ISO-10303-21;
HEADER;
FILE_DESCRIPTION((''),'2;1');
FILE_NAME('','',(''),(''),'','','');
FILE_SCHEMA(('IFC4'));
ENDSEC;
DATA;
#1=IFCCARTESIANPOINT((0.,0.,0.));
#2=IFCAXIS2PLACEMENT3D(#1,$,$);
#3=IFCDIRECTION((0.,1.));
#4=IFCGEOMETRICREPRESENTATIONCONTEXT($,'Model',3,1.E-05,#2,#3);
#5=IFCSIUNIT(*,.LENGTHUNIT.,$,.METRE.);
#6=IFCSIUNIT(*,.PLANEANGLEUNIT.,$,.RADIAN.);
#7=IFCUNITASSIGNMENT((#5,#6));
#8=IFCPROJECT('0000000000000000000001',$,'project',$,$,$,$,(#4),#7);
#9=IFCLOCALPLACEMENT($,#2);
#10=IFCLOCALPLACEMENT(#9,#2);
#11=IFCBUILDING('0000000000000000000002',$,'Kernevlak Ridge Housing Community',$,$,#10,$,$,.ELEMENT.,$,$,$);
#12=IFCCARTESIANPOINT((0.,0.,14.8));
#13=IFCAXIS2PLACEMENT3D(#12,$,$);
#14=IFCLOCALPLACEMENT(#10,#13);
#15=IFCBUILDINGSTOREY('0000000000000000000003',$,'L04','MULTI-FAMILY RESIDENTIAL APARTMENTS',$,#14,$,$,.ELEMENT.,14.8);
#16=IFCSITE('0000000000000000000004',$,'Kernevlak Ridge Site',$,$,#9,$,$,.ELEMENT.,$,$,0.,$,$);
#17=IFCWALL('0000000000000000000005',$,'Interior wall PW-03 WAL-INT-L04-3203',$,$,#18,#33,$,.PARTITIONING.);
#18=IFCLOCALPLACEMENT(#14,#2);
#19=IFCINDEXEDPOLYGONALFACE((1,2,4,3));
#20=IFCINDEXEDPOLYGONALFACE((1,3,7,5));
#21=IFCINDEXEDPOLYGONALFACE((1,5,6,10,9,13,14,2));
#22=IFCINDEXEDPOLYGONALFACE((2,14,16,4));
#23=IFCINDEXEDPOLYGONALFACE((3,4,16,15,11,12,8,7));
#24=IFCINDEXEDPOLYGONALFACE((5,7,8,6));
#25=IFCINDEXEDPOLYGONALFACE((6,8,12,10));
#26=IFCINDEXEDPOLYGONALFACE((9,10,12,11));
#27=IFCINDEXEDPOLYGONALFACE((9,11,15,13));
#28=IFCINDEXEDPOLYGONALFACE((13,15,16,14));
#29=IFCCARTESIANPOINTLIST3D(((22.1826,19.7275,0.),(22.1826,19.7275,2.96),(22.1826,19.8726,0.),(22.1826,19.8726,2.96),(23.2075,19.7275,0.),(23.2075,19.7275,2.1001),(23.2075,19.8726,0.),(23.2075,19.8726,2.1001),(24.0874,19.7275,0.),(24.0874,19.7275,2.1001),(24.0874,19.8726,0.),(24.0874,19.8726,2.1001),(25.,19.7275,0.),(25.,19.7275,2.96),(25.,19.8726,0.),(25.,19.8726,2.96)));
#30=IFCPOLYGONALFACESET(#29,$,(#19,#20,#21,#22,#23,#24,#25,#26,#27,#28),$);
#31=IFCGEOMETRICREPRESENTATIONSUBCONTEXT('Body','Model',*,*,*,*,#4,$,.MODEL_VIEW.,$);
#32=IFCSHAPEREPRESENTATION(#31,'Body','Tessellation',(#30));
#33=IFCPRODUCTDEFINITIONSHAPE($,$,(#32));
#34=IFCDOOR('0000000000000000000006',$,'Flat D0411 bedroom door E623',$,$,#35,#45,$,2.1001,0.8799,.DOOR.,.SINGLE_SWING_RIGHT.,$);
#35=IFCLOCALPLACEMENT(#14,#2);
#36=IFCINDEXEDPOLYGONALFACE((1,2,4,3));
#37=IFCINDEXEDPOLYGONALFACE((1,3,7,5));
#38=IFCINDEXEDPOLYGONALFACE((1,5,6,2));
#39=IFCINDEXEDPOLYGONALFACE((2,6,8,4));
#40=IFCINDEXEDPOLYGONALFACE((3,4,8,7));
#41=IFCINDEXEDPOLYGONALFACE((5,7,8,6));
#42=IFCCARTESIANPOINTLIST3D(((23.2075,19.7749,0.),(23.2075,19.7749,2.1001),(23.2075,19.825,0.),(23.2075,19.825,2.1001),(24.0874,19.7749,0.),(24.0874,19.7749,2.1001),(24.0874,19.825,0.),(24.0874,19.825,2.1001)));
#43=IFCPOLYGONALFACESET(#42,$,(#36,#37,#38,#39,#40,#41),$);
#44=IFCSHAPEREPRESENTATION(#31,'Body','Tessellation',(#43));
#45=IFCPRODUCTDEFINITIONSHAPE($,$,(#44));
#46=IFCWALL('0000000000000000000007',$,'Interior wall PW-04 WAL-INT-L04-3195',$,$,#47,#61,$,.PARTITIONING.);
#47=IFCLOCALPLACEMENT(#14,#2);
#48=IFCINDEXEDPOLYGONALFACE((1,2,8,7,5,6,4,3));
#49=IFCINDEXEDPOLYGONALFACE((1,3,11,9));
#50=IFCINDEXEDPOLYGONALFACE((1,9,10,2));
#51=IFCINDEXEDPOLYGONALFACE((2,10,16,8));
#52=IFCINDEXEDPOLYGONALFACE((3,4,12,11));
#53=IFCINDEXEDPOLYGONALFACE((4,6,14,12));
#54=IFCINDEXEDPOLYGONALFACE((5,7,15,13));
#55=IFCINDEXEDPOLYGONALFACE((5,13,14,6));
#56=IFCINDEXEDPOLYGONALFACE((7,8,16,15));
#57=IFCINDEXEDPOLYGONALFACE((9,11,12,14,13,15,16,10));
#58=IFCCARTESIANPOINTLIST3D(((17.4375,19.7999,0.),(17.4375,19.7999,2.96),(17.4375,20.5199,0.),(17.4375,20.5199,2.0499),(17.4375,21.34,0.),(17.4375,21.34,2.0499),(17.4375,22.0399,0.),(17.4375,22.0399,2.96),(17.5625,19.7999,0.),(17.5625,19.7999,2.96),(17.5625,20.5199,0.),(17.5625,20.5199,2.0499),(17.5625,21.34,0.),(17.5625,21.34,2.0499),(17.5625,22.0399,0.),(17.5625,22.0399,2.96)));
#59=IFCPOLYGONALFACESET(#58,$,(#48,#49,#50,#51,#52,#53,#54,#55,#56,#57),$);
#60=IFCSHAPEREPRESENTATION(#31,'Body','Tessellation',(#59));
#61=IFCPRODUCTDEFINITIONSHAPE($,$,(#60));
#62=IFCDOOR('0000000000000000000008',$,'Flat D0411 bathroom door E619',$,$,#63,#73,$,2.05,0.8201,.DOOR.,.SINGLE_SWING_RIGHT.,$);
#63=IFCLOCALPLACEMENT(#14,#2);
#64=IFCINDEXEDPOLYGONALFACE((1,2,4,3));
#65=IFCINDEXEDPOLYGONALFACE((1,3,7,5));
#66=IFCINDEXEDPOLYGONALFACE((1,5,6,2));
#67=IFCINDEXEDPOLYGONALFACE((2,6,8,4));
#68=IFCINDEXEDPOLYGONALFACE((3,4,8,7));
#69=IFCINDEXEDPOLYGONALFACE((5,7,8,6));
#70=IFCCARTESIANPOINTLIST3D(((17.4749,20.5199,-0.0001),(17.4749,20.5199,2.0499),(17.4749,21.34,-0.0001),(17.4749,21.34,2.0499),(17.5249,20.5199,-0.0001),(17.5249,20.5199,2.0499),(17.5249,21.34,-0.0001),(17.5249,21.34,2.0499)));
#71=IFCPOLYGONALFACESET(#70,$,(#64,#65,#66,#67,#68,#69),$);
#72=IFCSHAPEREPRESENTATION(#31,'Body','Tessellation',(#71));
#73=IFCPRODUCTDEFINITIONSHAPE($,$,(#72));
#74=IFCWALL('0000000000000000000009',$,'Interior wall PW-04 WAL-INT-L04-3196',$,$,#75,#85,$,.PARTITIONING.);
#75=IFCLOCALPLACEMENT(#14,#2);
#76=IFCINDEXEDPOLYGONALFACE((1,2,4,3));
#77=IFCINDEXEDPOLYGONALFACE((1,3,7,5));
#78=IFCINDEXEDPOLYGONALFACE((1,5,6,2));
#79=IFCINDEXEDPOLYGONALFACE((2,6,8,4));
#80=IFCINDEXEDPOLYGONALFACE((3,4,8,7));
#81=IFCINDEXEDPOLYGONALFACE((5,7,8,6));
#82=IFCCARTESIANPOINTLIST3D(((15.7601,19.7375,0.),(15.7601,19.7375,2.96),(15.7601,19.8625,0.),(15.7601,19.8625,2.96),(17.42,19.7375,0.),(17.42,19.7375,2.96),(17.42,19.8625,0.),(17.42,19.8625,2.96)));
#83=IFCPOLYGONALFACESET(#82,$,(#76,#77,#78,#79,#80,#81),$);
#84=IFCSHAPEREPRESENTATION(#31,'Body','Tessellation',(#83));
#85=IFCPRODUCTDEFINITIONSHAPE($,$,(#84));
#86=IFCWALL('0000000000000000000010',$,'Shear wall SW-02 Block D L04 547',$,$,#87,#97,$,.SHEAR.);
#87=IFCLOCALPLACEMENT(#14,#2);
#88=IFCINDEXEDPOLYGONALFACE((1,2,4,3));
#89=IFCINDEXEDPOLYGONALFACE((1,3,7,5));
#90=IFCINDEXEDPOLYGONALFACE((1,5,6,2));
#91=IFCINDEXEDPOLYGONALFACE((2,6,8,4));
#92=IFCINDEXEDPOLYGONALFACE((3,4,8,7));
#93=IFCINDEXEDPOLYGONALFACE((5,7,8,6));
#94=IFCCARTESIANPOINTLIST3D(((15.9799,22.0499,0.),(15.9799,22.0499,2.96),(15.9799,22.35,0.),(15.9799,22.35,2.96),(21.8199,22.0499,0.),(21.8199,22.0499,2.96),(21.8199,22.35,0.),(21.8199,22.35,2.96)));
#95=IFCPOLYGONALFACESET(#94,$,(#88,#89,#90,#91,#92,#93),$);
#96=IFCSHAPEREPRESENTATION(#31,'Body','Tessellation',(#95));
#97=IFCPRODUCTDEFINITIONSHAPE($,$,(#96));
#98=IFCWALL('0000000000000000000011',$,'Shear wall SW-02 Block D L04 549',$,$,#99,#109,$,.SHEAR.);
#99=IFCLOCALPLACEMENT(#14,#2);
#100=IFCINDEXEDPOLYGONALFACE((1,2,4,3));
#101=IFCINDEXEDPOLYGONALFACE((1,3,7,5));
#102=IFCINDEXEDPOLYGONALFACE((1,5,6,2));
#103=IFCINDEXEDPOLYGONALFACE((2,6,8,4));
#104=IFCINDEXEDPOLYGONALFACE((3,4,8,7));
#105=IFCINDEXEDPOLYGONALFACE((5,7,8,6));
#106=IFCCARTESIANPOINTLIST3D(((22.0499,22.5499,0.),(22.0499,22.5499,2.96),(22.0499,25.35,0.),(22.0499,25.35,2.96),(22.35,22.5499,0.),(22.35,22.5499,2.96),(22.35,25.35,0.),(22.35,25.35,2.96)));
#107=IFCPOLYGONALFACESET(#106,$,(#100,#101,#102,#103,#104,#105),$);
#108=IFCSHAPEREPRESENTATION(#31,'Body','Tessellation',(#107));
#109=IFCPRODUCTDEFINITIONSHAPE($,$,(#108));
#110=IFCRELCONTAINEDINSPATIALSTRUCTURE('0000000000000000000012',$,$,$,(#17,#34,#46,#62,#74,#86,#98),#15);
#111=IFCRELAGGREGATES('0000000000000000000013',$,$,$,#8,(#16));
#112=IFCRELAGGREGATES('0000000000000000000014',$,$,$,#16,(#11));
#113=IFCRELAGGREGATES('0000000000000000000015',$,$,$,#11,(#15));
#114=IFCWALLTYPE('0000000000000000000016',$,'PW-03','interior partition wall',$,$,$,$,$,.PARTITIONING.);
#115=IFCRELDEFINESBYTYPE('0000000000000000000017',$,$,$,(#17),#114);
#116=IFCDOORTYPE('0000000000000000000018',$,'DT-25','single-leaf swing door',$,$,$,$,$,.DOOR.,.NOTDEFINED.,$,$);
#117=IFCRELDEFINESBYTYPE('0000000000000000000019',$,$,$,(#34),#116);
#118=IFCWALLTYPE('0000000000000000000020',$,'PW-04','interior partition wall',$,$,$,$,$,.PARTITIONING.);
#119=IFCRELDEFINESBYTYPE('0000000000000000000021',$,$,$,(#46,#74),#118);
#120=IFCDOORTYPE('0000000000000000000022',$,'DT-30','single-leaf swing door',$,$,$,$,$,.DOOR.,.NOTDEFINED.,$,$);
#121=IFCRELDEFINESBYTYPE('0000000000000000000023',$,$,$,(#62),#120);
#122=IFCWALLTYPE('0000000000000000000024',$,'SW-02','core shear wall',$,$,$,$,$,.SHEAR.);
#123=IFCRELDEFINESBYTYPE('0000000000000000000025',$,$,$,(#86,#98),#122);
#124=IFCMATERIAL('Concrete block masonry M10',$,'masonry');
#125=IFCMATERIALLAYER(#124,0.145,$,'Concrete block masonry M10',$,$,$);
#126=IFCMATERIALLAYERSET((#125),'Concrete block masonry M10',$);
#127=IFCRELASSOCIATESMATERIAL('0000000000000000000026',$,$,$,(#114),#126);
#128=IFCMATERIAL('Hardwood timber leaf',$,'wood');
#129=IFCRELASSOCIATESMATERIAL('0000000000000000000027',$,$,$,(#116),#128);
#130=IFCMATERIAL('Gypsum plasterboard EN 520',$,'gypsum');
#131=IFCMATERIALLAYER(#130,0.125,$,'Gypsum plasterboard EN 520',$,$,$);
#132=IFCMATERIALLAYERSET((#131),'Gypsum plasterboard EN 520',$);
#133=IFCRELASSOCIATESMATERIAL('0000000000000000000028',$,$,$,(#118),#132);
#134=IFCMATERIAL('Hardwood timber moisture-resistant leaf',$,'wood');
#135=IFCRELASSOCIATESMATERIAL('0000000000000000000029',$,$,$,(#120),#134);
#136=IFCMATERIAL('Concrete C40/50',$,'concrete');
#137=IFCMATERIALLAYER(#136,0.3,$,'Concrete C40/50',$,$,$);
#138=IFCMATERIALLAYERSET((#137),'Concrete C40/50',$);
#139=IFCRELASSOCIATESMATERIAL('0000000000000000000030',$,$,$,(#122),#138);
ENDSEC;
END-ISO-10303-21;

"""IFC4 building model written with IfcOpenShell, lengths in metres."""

from ifc_helpers import new_model, si_unit, direction, frame, frame_2d, origin, place, context, subcontext, project, spatial, rectangle, extrude, material, layer, layer_set, type_object, element, fill, save


model = new_model("IFC4")

# Units and contexts
model_context = context("Model", 3, precision=1e-05, world=origin(), true_north=direction((0.0, 1.0)))
body_context = subcontext(model_context, "Body", "Model", "MODEL_VIEW")
ifc_project = project(units=[si_unit("LENGTHUNIT", "METRE"), si_unit("PLANEANGLEUNIT", "RADIAN")], contexts=[model_context])

# Site, building, storey
site_placement = place(None, origin())
site = spatial("IfcSite", under=ifc_project, at=site_placement, Name="Kernevlak Ridge Site", CompositionType="ELEMENT", RefElevation=0.0)
building_placement = place(site_placement, origin())
building = spatial("IfcBuilding", under=site, at=building_placement, Name="Kernevlak Ridge Housing Community", CompositionType="ELEMENT")
storey_placement = place(building_placement, frame((0.0, 0.0, 14.8)))
storey = spatial("IfcBuildingStorey", under=building, at=storey_placement, Name="L04", Description="MULTI-FAMILY RESIDENTIAL APARTMENTS", CompositionType="ELEMENT", Elevation=14.8)

# Shared definitions
ifc_material_1 = material(Name="Concrete block masonry M10", Category="masonry")
ifc_layer_1 = layer(ifc_material_1, 0.145, Name="Concrete block masonry M10")
ifc_layer_set_1 = layer_set([ifc_layer_1], Name="Concrete block masonry M10")
wall_type_1 = type_object("IfcWallType", Name="PW-03", Description="interior partition wall", PredefinedType="PARTITIONING", material=ifc_layer_set_1)
ifc_material_2 = material(Name="Hardwood timber leaf", Category="wood")

# Walls, openings, doors
wall_1_placement = place(storey_placement, frame((22.1826, 19.8, 0.0), z_axis=(0.0, 0.0, 1.0), x_axis=(1.0, 0.0, 0.0)))
wall_1 = element("IfcWall", 1, at=wall_1_placement, inside=storey, type_object=wall_type_1, Name="Interior wall PW-03 WAL-INT-L04-3203", PredefinedType="PARTITIONING", context=body_context, shape_type="SweptSolid", body=[
    extrude(rectangle(XDim=2.8174, YDim=0.145, at=frame_2d((1.4087, 0.0))), origin(), (0.0, 0.0, 1.0), 2.96),
])
opening_1_placement = place(wall_1_placement, frame((1.0249, 0.0, 0.0)))
opening_1 = element("IfcOpeningElement", 2, at=opening_1_placement, cuts=wall_1, PredefinedType="OPENING", context=body_context, shape_type="SweptSolid", body=[
    extrude(rectangle(XDim=0.8799, YDim=2.1001, at=frame_2d((0.4399, 1.05))), frame((0.0, 0.0825, 0.0), z_axis=(0.0, -1.0, 0.0), x_axis=(1.0, 0.0, 0.0)), (0.0, 0.0, 1.0), 0.165),
])
door_type_1 = type_object("IfcDoorType", Name="DT-25", Description="single-leaf swing door", OperationType="NOTDEFINED", PredefinedType="DOOR", material=ifc_material_2)
door_1_placement = place(opening_1_placement, origin())
door_1 = element("IfcDoor", 3, at=door_1_placement, inside=storey, type_object=door_type_1, Name="Flat D0411 bedroom door E623", OperationType="SINGLE_SWING_RIGHT", OverallHeight=2.1001, OverallWidth=0.8799, PredefinedType="DOOR", context=body_context, shape_type="SweptSolid", body=[
    extrude(rectangle(XDim=0.8799, YDim=2.1001, at=frame_2d((0.4399, 1.05))), frame((0.0, 0.0249, 0.0), z_axis=(0.0, -1.0, 0.0), x_axis=(1.0, 0.0, 0.0)), (0.0, 0.0, 1.0), 0.05),
])
fill(opening_1, door_1)
ifc_material_3 = material(Name="Gypsum plasterboard EN 520", Category="gypsum")
ifc_layer_2 = layer(ifc_material_3, 0.125, Name="Gypsum plasterboard EN 520")
ifc_layer_set_2 = layer_set([ifc_layer_2], Name="Gypsum plasterboard EN 520")
wall_type_2 = type_object("IfcWallType", Name="PW-04", Description="interior partition wall", PredefinedType="PARTITIONING", material=ifc_layer_set_2)
wall_2_placement = place(storey_placement, frame((17.5, 22.04, 0.0), z_axis=(0.0, 0.0, 1.0), x_axis=(0.0, -1.0, 0.0)))
wall_2 = element("IfcWall", 4, at=wall_2_placement, inside=storey, type_object=wall_type_2, Name="Interior wall PW-04 WAL-INT-L04-3195", PredefinedType="PARTITIONING", context=body_context, shape_type="SweptSolid", body=[
    extrude(rectangle(XDim=2.24, YDim=0.125, at=frame_2d((1.1201, 0.0))), origin(), (0.0, 0.0, 1.0), 2.96),
])
opening_2_placement = place(wall_2_placement, frame((0.7, 0.0, 0.0)))
opening_2 = element("IfcOpeningElement", 5, at=opening_2_placement, cuts=wall_2, PredefinedType="OPENING", context=body_context, shape_type="SweptSolid", body=[
    extrude(rectangle(XDim=0.8201, YDim=2.05, at=frame_2d((0.4102, 1.0249))), frame((0.0, 0.0725, 0.0), z_axis=(0.0, -1.0, 0.0), x_axis=(1.0, 0.0, 0.0)), (0.0, 0.0, 1.0), 0.145),
])
ifc_material_4 = material(Name="Hardwood timber moisture-resistant leaf", Category="wood")
door_type_2 = type_object("IfcDoorType", Name="DT-30", Description="single-leaf swing door", OperationType="NOTDEFINED", PredefinedType="DOOR", material=ifc_material_4)
door_2_placement = place(opening_2_placement, origin())
door_2 = element("IfcDoor", 6, at=door_2_placement, inside=storey, type_object=door_type_2, Name="Flat D0411 bathroom door E619", OperationType="SINGLE_SWING_RIGHT", OverallHeight=2.05, OverallWidth=0.8201, PredefinedType="DOOR", context=body_context, shape_type="SweptSolid", body=[
    extrude(rectangle(XDim=0.8201, YDim=2.05, at=frame_2d((0.4102, 1.0249))), frame((0.0, 0.0249, 0.0), z_axis=(0.0, -1.0, 0.0), x_axis=(1.0, 0.0, 0.0)), (0.0, 0.0, 1.0), 0.05),
])
fill(opening_2, door_2)

# Wall
wall_3_placement = place(storey_placement, frame((15.76, 19.8, 0.0), z_axis=(0.0, 0.0, 1.0), x_axis=(1.0, 0.0, 0.0)))
element("IfcWall", 7, at=wall_3_placement, inside=storey, type_object=wall_type_2, Name="Interior wall PW-04 WAL-INT-L04-3196", PredefinedType="PARTITIONING", context=body_context, shape_type="SweptSolid", body=[
    extrude(rectangle(XDim=1.6599, YDim=0.125, at=frame_2d((0.8301, 0.0))), origin(), (0.0, 0.0, 1.0), 2.96),
])

# Walls
ifc_material_5 = material(Name="Concrete C40/50", Category="concrete")
ifc_layer_3 = layer(ifc_material_5, 0.3, Name="Concrete C40/50")
ifc_layer_set_3 = layer_set([ifc_layer_3], Name="Concrete C40/50")
wall_type_3 = type_object("IfcWallType", Name="SW-02", Description="core shear wall", PredefinedType="SHEAR", material=ifc_layer_set_3)
wall_4_placement = place(storey_placement, frame((15.98, 22.2, 0.0), z_axis=(0.0, 0.0, 1.0), x_axis=(1.0, 0.0, 0.0)))
element("IfcWall", 8, at=wall_4_placement, inside=storey, type_object=wall_type_3, Name="Shear wall SW-02 Block D L04 547", PredefinedType="SHEAR", context=body_context, shape_type="SweptSolid", body=[
    extrude(rectangle(XDim=5.8401, YDim=0.3, at=frame_2d((2.9199, 0.0))), origin(), (0.0, 0.0, 1.0), 2.96),
])
wall_5_placement = place(storey_placement, frame((22.2, 22.55, 0.0), z_axis=(0.0, 0.0, 1.0), x_axis=(0.0, 1.0, 0.0)))
element("IfcWall", 9, at=wall_5_placement, inside=storey, type_object=wall_type_3, Name="Shear wall SW-02 Block D L04 549", PredefinedType="SHEAR", context=body_context, shape_type="SweptSolid", body=[
    extrude(rectangle(XDim=2.8, YDim=0.3, at=frame_2d((1.3999, 0.0))), origin(), (0.0, 0.0, 1.0), 2.96),
])

save(model, "model.ifc")
